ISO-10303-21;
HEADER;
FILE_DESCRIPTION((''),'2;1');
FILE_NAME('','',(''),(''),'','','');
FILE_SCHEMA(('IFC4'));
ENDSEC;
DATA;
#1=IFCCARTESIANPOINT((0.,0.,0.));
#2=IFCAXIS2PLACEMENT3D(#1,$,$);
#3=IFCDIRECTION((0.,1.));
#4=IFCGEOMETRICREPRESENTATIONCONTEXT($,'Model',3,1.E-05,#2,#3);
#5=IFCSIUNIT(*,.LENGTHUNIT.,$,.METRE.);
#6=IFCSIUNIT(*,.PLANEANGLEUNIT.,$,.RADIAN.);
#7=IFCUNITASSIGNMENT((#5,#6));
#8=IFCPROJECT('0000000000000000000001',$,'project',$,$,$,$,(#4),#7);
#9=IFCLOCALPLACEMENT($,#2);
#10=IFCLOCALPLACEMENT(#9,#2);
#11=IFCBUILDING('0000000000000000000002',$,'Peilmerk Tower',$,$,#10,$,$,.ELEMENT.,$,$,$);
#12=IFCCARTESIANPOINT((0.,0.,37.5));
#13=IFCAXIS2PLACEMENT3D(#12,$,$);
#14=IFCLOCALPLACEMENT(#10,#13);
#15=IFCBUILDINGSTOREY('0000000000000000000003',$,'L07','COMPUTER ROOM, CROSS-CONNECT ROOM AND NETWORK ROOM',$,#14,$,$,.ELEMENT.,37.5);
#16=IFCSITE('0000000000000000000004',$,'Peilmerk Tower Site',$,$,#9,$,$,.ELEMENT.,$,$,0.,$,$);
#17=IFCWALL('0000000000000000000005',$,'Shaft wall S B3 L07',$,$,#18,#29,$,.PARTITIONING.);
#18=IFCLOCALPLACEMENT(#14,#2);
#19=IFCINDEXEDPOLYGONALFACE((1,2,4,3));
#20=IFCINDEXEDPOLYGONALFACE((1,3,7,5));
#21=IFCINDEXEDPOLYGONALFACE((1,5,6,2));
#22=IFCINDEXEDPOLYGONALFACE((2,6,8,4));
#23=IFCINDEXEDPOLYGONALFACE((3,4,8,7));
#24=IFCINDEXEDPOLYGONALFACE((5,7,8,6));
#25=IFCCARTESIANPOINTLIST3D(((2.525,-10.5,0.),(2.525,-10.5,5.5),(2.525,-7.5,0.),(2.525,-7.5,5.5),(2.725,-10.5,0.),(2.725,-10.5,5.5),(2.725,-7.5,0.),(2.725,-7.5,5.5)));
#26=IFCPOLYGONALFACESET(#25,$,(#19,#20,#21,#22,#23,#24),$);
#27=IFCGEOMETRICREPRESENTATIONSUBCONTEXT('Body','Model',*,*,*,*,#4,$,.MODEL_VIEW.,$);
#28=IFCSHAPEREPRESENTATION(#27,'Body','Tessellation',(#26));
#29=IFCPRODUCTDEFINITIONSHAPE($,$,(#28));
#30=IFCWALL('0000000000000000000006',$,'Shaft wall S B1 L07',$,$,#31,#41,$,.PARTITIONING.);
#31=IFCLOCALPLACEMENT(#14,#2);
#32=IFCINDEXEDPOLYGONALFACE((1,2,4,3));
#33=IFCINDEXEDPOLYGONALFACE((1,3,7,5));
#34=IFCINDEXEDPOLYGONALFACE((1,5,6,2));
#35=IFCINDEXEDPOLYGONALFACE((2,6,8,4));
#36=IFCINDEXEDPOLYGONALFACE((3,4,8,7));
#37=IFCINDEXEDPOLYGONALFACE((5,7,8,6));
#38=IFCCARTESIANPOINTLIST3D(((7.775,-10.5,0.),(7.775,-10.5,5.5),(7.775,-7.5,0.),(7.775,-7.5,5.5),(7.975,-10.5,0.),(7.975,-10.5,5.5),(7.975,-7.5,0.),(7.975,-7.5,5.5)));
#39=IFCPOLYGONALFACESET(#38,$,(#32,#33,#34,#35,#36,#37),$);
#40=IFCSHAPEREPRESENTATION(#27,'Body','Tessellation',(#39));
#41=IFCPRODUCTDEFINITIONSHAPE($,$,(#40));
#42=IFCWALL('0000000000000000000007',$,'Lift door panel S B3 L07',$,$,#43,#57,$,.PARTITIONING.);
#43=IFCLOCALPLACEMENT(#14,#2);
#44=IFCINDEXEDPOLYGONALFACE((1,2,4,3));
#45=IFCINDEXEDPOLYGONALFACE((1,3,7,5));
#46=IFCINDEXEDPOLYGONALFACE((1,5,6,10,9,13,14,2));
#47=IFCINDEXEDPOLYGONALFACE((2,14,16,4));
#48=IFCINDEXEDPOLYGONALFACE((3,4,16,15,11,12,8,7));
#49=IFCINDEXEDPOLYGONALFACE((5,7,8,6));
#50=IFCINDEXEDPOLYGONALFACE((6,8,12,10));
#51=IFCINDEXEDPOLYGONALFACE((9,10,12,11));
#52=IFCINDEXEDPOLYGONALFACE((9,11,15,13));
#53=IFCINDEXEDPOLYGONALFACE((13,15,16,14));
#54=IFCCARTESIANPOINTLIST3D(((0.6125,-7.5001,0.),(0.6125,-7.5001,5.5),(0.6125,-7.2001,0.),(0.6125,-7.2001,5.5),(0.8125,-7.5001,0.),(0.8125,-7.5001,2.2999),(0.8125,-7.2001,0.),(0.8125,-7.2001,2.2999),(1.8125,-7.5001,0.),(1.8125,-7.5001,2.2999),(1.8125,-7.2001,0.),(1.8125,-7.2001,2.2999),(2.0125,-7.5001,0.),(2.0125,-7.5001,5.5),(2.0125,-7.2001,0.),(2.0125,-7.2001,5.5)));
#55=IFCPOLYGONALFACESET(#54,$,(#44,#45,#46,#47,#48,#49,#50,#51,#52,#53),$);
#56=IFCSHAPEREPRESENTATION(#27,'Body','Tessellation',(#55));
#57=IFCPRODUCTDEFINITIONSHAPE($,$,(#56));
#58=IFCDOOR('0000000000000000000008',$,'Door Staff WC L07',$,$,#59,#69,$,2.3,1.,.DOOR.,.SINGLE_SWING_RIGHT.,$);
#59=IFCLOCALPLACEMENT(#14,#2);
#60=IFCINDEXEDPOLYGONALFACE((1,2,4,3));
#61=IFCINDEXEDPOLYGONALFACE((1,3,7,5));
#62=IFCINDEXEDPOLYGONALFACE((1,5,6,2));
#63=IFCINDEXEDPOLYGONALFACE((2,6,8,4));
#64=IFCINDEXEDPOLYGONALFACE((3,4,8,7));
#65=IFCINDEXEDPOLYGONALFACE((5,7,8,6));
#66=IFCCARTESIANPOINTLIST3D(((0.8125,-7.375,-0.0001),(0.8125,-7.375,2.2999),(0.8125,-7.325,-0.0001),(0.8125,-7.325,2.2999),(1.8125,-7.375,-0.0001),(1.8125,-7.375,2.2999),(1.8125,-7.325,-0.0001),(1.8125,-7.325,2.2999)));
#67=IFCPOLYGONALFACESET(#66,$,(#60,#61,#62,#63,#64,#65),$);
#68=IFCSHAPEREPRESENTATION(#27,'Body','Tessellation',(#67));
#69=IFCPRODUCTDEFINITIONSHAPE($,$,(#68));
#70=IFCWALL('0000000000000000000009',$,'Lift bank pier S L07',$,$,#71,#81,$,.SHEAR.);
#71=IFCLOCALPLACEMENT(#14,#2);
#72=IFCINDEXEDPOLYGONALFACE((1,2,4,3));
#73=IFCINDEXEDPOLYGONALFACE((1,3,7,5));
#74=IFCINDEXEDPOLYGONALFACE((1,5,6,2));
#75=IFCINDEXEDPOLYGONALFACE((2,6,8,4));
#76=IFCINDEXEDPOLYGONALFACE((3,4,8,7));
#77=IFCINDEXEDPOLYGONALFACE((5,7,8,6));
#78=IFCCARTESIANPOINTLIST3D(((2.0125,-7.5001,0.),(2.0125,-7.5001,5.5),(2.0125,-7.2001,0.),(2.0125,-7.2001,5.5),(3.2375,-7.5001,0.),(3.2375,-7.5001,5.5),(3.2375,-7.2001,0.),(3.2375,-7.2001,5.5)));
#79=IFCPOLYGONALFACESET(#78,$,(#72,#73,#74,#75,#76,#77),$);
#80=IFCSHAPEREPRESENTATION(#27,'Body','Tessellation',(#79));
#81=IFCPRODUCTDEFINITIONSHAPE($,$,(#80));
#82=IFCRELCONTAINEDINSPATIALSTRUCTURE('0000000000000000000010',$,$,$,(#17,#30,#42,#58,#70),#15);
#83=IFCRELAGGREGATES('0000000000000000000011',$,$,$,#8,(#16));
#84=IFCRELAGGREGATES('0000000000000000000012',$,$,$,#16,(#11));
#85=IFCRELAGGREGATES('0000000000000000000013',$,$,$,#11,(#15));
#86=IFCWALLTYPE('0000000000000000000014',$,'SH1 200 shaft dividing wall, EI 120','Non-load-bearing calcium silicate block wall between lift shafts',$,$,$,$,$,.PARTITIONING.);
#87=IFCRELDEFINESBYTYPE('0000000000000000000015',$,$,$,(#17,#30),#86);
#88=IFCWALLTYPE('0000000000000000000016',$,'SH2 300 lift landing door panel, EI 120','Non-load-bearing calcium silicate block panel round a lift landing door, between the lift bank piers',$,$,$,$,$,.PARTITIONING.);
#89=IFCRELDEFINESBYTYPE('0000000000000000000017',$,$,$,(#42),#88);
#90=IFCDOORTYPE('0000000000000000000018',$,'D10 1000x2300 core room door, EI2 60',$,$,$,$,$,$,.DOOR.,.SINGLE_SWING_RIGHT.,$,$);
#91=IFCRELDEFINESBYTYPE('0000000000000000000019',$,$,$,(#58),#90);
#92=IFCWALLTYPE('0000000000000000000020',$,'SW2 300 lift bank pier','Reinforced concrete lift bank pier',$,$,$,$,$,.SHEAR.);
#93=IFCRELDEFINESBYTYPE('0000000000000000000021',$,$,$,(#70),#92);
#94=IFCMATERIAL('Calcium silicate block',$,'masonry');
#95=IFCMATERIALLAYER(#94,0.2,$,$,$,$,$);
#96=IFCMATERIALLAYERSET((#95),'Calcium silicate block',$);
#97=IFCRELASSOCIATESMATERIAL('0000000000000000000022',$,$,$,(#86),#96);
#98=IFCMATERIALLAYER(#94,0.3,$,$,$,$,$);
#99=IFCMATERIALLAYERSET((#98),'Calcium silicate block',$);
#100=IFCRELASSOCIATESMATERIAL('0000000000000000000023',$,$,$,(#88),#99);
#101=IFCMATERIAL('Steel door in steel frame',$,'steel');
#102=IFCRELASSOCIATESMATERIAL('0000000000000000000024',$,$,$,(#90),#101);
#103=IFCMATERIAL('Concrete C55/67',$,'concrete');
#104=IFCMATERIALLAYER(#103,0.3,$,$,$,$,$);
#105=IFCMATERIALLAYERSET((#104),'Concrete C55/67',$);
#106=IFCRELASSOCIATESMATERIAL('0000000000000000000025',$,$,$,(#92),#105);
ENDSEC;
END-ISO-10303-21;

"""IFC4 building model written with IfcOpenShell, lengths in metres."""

from ifc_helpers import new_model, si_unit, direction, frame, frame_2d, origin, place, context, subcontext, project, spatial, rectangle, extrude, material, layer, layer_set, type_object, element, fill, save


model = new_model("IFC4")

# Units and contexts
model_context = context("Model", 3, precision=1e-05, world=origin(), true_north=direction((0.0, 1.0)))
body_context = subcontext(model_context, "Body", "Model", "MODEL_VIEW")
ifc_project = project(units=[si_unit("LENGTHUNIT", "METRE"), si_unit("PLANEANGLEUNIT", "RADIAN")], contexts=[model_context])

# Site, building, storey
site_placement = place(None, origin())
site = spatial("IfcSite", under=ifc_project, at=site_placement, Name="Peilmerk Tower Site", CompositionType="ELEMENT", RefElevation=0.0)
building_placement = place(site_placement, origin())
building = spatial("IfcBuilding", under=site, at=building_placement, Name="Peilmerk Tower", CompositionType="ELEMENT")
storey_placement = place(building_placement, frame((0.0, 0.0, 37.5)))
storey = spatial("IfcBuildingStorey", under=building, at=storey_placement, Name="L07", Description="COMPUTER ROOM, CROSS-CONNECT ROOM AND NETWORK ROOM", CompositionType="ELEMENT", Elevation=37.5)

# Walls
ifc_material_1 = material(Name="Calcium silicate block", Category="masonry")
ifc_layer_1 = layer(ifc_material_1, 0.2)
ifc_layer_set_1 = layer_set([ifc_layer_1], Name="Calcium silicate block")
wall_type_1 = type_object("IfcWallType", Name="SH1 200 shaft dividing wall, EI 120", Description="Non-load-bearing calcium silicate block wall between lift shafts", PredefinedType="PARTITIONING", material=ifc_layer_set_1)
for number, where, z_axis, x_axis, name in (
    (1, (2.625, -10.5, 0.0), (0.0, 0.0, 1.0), (0.0, 1.0, 0.0), "Shaft wall S B3 L07"),
    (2, (7.875, -10.5, 0.0), (0.0, 0.0, 1.0), (0.0, 1.0, 0.0), "Shaft wall S B1 L07"),
):
    element("IfcWall", number, at=place(storey_placement, frame(where, z_axis=z_axis, x_axis=x_axis)), inside=storey, type_object=wall_type_1, Name=name, PredefinedType="PARTITIONING", context=body_context, shape_type="SweptSolid", body=[
        extrude(rectangle(XDim=3.0, YDim=0.2, at=frame_2d((1.5, 0.0))), origin(), (0.0, 0.0, 1.0), 5.5),
    ])

# Wall, opening, door
ifc_layer_2 = layer(ifc_material_1, 0.3)
ifc_layer_set_2 = layer_set([ifc_layer_2], Name="Calcium silicate block")
wall_type_2 = type_object("IfcWallType", Name="SH2 300 lift landing door panel, EI 120", Description="Non-load-bearing calcium silicate block panel round a lift landing door, between the lift bank piers", PredefinedType="PARTITIONING", material=ifc_layer_set_2)
wall_1_placement = place(storey_placement, frame((0.6125, -7.3501, 0.0), z_axis=(0.0, 0.0, 1.0), x_axis=(1.0, 0.0, 0.0)))
wall_1 = element("IfcWall", 3, at=wall_1_placement, inside=storey, type_object=wall_type_2, Name="Lift door panel S B3 L07", PredefinedType="PARTITIONING", context=body_context, shape_type="SweptSolid", body=[
    extrude(rectangle(XDim=1.3999, YDim=0.3, at=frame_2d((0.7, 0.0))), origin(), (0.0, 0.0, 1.0), 5.5),
])
opening_placement = place(wall_1_placement, frame((0.2, 0.0, 0.0)))
opening = element("IfcOpeningElement", 4, at=opening_placement, cuts=wall_1, PredefinedType="OPENING", context=body_context, shape_type="SweptSolid", body=[
    extrude(rectangle(XDim=1.0, YDim=2.3, at=frame_2d((0.5, 1.1499))), frame((0.0, 0.1599, 0.0), z_axis=(0.0, -1.0, 0.0), x_axis=(1.0, 0.0, 0.0)), (0.0, 0.0, 1.0), 0.3201),
])
ifc_material_2 = material(Name="Steel door in steel frame", Category="steel")
door_type = type_object("IfcDoorType", Name="D10 1000x2300 core room door, EI2 60", OperationType="SINGLE_SWING_RIGHT", PredefinedType="DOOR", material=ifc_material_2)
door_placement = place(opening_placement, frame((1.0, 0.0, 0.0), z_axis=(0.0, 0.0, 1.0), x_axis=(-1.0, 0.0, 0.0)))
door = element("IfcDoor", 5, at=door_placement, inside=storey, type_object=door_type, Name="Door Staff WC L07", OperationType="SINGLE_SWING_RIGHT", OverallHeight=2.3, OverallWidth=1.0, PredefinedType="DOOR", context=body_context, shape_type="SweptSolid", body=[
    extrude(rectangle(XDim=1.0, YDim=2.3, at=frame_2d((0.5, 1.1499))), frame((0.0, 0.0249, 0.0), z_axis=(0.0, -1.0, 0.0), x_axis=(1.0, 0.0, 0.0)), (0.0, 0.0, 1.0), 0.05),
])
fill(opening, door)

# Wall
ifc_material_3 = material(Name="Concrete C55/67", Category="concrete")
ifc_layer_3 = layer(ifc_material_3, 0.3)
ifc_layer_set_3 = layer_set([ifc_layer_3], Name="Concrete C55/67")
wall_type_3 = type_object("IfcWallType", Name="SW2 300 lift bank pier", Description="Reinforced concrete lift bank pier", PredefinedType="SHEAR", material=ifc_layer_set_3)
wall_2_placement = place(storey_placement, frame((2.0125, -7.3501, 0.0), z_axis=(0.0, 0.0, 1.0), x_axis=(1.0, 0.0, 0.0)))
element("IfcWall", 6, at=wall_2_placement, inside=storey, type_object=wall_type_3, Name="Lift bank pier S L07", PredefinedType="SHEAR", context=body_context, shape_type="SweptSolid", body=[
    extrude(rectangle(XDim=1.2251, YDim=0.3, at=frame_2d((0.6125, 0.0))), origin(), (0.0, 0.0, 1.0), 5.5),
])

save(model, "model.ifc")
